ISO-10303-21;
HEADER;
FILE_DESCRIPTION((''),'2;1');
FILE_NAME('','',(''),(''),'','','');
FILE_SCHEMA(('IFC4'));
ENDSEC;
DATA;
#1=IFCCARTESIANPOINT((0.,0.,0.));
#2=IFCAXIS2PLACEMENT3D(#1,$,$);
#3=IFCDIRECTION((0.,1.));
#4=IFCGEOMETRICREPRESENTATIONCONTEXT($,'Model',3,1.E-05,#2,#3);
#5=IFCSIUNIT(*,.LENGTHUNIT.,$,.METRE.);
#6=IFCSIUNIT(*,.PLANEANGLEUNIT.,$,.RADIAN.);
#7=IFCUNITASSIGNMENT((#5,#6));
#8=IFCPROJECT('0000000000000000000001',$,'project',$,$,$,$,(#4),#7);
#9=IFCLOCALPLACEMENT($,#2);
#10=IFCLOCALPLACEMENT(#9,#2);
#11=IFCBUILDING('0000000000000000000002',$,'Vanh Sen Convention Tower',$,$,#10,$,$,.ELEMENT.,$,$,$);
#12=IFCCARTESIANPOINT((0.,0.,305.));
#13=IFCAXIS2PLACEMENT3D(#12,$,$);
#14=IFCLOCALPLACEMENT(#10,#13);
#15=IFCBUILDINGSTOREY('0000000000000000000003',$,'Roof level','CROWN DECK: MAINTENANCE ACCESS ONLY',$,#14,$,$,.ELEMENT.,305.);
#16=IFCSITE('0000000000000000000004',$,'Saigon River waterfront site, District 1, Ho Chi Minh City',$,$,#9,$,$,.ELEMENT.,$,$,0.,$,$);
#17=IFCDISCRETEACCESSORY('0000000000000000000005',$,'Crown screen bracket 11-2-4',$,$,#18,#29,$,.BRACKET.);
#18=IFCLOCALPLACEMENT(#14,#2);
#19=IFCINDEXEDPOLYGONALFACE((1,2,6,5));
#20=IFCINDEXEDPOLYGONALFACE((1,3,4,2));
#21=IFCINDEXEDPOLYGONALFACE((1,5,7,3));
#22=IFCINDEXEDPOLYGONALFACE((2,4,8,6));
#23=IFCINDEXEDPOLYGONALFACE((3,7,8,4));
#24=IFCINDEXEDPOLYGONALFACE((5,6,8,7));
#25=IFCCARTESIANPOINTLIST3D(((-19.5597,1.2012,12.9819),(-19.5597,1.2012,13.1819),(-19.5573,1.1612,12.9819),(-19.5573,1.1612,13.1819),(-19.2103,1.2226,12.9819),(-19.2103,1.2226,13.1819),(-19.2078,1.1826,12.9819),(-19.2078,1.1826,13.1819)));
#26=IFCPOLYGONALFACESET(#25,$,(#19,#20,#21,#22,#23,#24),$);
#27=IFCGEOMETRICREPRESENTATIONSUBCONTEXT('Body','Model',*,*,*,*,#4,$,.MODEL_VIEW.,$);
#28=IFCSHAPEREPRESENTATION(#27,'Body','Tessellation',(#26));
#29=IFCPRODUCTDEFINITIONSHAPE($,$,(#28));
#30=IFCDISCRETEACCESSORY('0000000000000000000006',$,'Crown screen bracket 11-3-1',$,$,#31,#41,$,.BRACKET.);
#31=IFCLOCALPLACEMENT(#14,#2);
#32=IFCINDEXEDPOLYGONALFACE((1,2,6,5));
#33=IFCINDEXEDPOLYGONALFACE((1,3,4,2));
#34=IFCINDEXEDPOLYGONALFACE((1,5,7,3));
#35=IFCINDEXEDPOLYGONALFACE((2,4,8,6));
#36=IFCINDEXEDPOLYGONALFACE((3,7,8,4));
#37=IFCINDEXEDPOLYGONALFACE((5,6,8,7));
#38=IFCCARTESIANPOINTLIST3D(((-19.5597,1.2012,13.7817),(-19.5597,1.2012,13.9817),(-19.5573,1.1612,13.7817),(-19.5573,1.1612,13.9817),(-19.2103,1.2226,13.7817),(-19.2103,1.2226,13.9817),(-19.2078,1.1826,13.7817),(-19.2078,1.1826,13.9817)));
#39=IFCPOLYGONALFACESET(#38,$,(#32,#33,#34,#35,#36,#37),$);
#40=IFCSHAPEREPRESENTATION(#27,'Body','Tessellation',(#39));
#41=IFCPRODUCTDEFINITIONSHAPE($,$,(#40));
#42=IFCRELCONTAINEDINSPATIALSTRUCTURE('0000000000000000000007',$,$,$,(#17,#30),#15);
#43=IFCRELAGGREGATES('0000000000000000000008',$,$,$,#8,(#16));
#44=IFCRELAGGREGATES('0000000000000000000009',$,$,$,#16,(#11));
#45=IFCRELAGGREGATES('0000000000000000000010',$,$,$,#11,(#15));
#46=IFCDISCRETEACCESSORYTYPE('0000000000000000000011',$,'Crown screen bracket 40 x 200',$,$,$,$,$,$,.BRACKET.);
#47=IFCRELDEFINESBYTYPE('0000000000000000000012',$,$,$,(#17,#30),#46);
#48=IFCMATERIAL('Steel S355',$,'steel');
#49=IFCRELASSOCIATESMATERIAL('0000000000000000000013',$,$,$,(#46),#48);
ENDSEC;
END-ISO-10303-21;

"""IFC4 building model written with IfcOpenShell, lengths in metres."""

from ifc_helpers import new_model, si_unit, direction, frame, origin, origin_2d, place, context, subcontext, project, spatial, rectangle, extrude, material, type_object, element, save


model = new_model("IFC4")

# Units and contexts
model_context = context("Model", 3, precision=1e-05, world=origin(), true_north=direction((0.0, 1.0)))
body_context = subcontext(model_context, "Body", "Model", "MODEL_VIEW")
ifc_project = project(units=[si_unit("LENGTHUNIT", "METRE"), si_unit("PLANEANGLEUNIT", "RADIAN")], contexts=[model_context])

# Site, building, storey
site_placement = place(None, origin())
site = spatial("IfcSite", under=ifc_project, at=site_placement, Name="Saigon River waterfront site, District 1, Ho Chi Minh City", CompositionType="ELEMENT", RefElevation=0.0)
building_placement = place(site_placement, origin())
building = spatial("IfcBuilding", under=site, at=building_placement, Name="Vanh Sen Convention Tower", CompositionType="ELEMENT")
storey_placement = place(building_placement, frame((0.0, 0.0, 305.0)))
storey = spatial("IfcBuildingStorey", under=building, at=storey_placement, Name="Roof level", Description="CROWN DECK: MAINTENANCE ACCESS ONLY", CompositionType="ELEMENT", Elevation=305.0)

# Discrete accessories
ifc_material_1 = material(Name="Steel S355", Category="steel")
discrete_accessory_type_1 = type_object("IfcDiscreteAccessoryType", Name="Crown screen bracket 40 x 200", PredefinedType="BRACKET", material=ifc_material_1)
for number, where, z_axis, x_axis, name in (
    (1, (-19.3838, 1.1919, 12.9819), (0.0, 0.0, 1.0), (-0.998135, -0.061052, 0.0), "Crown screen bracket 11-2-4"),
    (2, (-19.3838, 1.1919, 13.7817), (0.0, 0.0, 1.0), (-0.998135, -0.061052, 0.0), "Crown screen bracket 11-3-1"),
):
    element("IfcDiscreteAccessory", number, at=place(storey_placement, frame(where, z_axis=z_axis, x_axis=x_axis)), inside=storey, type_object=discrete_accessory_type_1, Name=name, PredefinedType="BRACKET", context=body_context, shape_type="SweptSolid", body=[
        extrude(rectangle(XDim=0.3501, YDim=0.04, at=origin_2d()), origin(), (0.0, 0.0, 1.0), 0.2),
    ])

save(model, "model.ifc")
